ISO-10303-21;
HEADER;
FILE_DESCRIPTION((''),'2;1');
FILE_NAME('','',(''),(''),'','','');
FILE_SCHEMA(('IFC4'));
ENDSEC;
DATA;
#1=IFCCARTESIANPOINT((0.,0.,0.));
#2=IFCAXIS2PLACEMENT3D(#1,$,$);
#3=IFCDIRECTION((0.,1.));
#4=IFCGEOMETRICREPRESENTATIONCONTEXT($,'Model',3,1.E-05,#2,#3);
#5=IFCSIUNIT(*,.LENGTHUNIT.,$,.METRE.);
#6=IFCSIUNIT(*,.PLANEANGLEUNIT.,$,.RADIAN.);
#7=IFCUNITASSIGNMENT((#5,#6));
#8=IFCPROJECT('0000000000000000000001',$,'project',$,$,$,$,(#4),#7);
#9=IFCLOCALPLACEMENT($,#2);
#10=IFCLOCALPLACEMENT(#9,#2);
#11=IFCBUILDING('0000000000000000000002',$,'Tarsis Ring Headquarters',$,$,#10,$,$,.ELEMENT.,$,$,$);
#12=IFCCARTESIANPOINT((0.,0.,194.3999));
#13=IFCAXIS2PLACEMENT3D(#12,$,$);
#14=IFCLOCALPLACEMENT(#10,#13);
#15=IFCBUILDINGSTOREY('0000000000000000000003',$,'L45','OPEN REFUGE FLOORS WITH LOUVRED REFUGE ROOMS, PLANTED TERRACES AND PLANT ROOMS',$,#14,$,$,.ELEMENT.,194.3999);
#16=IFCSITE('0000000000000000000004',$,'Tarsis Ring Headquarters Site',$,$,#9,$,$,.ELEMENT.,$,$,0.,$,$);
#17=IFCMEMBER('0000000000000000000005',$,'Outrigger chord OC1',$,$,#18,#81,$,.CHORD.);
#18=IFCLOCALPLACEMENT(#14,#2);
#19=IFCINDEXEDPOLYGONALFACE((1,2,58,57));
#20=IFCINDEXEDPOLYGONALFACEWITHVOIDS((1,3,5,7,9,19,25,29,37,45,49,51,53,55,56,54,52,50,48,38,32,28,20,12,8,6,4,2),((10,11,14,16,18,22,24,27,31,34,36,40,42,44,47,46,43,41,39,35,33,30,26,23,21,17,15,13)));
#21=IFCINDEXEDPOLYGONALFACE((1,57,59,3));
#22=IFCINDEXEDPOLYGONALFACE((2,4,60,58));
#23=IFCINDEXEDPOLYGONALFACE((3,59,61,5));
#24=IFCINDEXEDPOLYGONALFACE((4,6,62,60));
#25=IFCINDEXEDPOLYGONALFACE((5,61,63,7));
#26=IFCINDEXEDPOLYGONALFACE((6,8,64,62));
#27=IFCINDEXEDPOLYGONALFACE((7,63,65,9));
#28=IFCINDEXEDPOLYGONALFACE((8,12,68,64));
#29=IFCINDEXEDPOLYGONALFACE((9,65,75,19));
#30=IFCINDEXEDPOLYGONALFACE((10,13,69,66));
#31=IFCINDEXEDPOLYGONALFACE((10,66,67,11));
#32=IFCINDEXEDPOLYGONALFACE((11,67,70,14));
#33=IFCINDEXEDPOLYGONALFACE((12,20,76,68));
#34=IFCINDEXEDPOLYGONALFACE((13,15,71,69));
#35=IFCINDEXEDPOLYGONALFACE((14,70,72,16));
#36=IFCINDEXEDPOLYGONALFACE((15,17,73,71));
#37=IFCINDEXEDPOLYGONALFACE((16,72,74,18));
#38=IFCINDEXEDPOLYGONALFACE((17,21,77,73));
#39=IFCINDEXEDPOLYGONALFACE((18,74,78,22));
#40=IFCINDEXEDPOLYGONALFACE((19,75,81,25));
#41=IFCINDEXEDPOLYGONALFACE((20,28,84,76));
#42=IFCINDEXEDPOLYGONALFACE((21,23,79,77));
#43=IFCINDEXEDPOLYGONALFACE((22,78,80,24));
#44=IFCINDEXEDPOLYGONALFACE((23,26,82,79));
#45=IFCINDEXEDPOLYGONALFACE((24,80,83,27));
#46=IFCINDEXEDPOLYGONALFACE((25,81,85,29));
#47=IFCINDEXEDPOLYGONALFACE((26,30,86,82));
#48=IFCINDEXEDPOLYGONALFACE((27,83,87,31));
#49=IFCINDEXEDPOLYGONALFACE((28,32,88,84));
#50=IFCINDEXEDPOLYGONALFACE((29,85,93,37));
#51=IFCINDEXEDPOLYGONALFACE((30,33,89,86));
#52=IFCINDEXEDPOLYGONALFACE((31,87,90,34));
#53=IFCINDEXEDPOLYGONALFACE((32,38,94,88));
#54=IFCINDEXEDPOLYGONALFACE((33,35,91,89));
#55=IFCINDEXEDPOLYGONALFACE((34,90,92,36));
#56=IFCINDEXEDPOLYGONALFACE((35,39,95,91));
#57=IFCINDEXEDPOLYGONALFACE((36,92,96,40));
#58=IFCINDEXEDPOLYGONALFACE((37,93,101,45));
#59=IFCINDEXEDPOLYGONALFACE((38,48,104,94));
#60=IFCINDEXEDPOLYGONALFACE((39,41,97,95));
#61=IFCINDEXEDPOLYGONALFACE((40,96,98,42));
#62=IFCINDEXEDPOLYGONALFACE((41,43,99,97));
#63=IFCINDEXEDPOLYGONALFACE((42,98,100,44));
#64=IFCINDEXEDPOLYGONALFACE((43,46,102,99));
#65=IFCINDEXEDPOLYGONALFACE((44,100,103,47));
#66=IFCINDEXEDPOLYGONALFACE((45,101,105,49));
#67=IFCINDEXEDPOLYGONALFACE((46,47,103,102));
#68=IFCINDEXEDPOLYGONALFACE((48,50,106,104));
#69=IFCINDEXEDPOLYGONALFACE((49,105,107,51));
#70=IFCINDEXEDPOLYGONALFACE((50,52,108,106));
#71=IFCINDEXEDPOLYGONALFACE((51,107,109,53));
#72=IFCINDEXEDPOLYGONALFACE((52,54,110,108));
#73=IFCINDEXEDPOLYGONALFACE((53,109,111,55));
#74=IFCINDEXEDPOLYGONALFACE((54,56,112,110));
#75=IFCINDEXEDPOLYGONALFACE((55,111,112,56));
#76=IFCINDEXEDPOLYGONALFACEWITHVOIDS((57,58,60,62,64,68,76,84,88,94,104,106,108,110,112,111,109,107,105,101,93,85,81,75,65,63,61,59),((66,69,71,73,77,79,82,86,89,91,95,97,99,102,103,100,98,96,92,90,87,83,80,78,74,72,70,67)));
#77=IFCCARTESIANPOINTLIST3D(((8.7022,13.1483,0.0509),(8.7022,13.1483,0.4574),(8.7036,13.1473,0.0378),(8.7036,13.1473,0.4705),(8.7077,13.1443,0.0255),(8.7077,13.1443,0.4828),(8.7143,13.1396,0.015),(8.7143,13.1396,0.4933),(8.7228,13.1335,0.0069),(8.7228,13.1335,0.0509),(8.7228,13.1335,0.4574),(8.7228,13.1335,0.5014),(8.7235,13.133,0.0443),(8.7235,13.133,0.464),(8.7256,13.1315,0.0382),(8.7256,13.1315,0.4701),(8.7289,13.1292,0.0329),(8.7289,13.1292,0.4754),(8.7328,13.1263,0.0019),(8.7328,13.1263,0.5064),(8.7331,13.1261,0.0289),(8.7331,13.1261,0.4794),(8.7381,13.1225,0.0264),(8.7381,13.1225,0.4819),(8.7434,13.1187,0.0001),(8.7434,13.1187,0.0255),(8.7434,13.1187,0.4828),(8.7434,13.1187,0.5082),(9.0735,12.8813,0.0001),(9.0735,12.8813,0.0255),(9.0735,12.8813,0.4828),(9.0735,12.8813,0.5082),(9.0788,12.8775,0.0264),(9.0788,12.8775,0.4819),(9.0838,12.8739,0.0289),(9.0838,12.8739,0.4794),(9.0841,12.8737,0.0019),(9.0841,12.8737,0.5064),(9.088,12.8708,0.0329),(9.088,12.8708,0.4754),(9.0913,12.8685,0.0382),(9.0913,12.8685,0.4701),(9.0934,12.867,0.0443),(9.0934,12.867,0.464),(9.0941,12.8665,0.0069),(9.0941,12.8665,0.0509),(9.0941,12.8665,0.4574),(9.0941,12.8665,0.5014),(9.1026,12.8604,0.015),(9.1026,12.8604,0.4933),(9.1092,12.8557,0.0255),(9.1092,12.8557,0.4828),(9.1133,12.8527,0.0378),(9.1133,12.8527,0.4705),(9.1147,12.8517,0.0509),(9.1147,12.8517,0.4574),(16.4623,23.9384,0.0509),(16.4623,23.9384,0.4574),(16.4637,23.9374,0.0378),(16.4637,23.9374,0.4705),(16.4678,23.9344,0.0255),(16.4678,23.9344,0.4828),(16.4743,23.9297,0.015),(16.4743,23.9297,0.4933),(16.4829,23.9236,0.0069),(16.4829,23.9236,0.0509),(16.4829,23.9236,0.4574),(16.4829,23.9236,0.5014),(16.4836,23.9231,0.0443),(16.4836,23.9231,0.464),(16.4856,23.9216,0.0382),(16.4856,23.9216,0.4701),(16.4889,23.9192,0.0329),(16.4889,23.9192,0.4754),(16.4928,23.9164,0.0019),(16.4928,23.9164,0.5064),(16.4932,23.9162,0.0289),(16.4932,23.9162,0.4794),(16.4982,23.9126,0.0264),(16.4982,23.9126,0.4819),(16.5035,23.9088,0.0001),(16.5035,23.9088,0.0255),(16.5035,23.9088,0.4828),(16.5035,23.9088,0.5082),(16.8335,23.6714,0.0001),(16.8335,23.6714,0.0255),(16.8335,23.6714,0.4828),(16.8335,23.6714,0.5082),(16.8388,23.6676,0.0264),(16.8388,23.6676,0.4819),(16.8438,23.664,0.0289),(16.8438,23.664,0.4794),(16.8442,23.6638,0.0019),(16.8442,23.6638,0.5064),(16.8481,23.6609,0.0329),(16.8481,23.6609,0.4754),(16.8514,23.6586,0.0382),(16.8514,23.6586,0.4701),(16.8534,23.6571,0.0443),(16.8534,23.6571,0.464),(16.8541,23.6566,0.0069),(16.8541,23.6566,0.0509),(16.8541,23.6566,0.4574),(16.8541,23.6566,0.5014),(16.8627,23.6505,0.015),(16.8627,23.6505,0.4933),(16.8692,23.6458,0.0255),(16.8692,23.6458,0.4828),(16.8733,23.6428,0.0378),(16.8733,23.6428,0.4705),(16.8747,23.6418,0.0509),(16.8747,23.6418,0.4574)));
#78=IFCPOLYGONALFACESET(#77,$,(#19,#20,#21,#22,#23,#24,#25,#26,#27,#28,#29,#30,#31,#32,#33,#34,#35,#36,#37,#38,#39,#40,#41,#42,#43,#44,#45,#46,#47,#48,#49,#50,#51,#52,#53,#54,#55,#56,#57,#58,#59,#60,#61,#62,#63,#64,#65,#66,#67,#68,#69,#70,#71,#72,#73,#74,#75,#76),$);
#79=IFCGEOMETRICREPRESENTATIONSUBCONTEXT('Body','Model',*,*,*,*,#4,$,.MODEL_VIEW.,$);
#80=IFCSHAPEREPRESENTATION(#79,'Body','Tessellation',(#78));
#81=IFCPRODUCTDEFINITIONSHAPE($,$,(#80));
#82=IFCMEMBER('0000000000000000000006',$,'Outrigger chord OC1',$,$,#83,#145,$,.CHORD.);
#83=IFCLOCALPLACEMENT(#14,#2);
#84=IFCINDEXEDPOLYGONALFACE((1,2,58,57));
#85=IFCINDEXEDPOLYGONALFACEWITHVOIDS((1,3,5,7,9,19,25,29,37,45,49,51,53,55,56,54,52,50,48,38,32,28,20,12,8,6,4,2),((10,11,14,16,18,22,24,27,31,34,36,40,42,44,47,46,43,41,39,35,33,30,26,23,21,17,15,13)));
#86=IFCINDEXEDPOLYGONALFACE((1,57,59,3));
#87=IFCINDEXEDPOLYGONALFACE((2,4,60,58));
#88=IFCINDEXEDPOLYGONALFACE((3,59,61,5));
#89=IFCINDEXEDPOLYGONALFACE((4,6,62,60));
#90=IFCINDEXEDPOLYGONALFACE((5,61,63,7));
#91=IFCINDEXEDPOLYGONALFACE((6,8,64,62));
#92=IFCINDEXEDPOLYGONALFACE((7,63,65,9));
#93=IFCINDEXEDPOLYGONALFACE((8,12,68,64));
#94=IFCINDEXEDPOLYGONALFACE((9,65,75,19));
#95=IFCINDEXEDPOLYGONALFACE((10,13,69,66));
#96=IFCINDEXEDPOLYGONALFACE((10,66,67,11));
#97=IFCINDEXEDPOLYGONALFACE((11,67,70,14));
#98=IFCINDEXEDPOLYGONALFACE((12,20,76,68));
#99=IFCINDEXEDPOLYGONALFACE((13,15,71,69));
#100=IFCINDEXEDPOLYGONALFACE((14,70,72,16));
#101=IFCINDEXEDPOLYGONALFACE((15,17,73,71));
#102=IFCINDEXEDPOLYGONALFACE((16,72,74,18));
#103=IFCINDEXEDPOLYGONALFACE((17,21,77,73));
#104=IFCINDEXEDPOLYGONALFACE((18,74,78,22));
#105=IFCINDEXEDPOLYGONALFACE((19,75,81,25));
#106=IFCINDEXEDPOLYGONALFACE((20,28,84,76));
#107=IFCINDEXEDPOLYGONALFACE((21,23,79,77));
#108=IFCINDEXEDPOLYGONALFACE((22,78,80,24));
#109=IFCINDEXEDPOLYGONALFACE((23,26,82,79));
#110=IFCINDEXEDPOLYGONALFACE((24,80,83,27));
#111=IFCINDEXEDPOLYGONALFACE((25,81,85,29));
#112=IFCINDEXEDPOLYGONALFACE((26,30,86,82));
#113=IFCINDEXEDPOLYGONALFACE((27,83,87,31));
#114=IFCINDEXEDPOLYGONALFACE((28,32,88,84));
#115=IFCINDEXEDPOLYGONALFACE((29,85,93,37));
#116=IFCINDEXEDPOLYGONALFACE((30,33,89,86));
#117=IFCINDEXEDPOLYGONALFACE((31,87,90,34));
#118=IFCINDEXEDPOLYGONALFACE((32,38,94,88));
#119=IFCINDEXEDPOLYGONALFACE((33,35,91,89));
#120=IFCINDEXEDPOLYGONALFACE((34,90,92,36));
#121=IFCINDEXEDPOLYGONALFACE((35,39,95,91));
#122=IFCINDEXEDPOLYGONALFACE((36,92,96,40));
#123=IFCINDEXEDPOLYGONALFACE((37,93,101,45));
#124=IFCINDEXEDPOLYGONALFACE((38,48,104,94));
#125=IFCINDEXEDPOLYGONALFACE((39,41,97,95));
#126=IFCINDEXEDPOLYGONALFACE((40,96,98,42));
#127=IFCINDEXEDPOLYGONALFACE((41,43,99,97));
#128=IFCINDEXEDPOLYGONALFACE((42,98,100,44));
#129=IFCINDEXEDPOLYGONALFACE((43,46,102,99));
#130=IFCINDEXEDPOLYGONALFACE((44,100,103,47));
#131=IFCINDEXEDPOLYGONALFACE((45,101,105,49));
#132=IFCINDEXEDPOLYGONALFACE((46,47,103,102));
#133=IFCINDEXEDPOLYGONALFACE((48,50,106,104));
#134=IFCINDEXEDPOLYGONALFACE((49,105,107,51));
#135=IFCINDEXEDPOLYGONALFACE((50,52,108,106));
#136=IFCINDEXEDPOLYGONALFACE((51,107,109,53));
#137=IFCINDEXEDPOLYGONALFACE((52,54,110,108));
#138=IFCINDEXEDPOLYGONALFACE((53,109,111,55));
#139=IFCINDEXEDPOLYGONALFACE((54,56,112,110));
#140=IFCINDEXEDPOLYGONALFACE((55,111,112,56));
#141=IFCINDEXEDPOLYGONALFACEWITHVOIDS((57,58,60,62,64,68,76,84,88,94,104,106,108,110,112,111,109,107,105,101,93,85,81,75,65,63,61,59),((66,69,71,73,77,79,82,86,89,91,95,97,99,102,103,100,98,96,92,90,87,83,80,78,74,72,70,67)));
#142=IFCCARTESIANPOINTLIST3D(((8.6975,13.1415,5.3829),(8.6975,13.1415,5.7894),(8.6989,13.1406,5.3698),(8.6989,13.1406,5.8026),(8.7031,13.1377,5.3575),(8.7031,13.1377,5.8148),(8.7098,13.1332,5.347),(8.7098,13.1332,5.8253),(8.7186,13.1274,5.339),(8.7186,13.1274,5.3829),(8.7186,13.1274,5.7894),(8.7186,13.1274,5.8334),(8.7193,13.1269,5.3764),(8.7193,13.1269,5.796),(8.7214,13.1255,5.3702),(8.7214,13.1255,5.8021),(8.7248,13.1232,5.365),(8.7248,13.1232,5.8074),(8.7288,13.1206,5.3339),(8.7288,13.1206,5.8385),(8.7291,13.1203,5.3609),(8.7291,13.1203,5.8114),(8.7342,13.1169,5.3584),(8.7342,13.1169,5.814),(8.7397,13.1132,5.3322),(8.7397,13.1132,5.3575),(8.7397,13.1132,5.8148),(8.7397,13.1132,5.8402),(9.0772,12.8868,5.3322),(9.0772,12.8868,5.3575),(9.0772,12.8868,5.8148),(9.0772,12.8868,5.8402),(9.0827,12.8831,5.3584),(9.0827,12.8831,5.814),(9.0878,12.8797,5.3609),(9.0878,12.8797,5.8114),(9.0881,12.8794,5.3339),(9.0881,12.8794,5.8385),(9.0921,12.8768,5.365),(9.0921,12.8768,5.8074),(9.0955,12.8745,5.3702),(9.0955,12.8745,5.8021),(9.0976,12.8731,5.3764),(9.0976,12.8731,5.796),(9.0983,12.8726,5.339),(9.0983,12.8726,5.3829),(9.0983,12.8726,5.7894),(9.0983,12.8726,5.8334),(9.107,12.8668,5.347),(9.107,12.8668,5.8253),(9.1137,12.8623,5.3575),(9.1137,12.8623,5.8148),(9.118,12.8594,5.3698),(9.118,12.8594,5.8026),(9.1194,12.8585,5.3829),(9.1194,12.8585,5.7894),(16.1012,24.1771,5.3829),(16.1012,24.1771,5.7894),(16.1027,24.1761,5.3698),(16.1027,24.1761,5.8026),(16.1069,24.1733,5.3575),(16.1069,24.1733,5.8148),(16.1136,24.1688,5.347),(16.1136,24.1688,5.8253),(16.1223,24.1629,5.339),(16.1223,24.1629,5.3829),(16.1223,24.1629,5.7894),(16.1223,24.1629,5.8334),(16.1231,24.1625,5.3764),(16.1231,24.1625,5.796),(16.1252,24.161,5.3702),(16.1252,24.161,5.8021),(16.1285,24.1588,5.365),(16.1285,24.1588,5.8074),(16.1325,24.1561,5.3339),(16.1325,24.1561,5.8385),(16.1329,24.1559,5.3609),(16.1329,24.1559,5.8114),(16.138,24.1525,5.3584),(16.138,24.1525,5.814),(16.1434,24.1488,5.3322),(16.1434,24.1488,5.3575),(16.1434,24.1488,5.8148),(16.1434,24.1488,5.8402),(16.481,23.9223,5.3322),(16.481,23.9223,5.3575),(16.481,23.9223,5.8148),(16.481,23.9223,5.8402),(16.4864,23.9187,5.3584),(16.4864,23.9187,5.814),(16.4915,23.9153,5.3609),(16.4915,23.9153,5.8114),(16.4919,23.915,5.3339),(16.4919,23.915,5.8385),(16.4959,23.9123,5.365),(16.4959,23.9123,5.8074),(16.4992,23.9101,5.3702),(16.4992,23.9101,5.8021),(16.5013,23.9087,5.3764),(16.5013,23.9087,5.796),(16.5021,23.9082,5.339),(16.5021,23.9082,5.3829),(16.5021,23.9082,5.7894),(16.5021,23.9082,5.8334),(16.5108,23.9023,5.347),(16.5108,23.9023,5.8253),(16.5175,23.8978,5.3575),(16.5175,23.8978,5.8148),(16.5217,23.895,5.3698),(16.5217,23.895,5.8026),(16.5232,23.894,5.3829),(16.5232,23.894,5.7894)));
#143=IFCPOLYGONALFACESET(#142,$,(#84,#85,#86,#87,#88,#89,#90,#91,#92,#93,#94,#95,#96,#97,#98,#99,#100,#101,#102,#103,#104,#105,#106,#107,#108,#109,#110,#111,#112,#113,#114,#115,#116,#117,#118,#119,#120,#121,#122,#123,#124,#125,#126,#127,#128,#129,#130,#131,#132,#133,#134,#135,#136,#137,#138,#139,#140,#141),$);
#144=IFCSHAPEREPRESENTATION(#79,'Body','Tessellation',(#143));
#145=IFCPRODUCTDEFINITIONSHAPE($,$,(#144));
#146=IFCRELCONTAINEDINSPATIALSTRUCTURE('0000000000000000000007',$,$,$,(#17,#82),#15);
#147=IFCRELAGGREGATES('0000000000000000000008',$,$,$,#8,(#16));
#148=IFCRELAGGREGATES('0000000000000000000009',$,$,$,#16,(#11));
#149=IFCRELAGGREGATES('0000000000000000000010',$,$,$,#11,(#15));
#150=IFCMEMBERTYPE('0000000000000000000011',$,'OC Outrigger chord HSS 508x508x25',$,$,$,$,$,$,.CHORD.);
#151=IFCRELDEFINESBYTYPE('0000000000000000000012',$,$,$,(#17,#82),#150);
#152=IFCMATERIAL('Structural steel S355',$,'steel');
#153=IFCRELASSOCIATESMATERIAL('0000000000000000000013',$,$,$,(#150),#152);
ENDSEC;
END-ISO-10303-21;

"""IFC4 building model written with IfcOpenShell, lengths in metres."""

from ifc_helpers import new_model, si_unit, direction, frame, origin, origin_2d, place, context, subcontext, project, spatial, hollow_rectangle, extrude, material, material_profile, profile_set, type_object, element, save


model = new_model("IFC4")

# Units and contexts
model_context = context("Model", 3, precision=1e-05, world=origin(), true_north=direction((0.0, 1.0)))
body_context = subcontext(model_context, "Body", "Model", "MODEL_VIEW")
ifc_project = project(units=[si_unit("LENGTHUNIT", "METRE"), si_unit("PLANEANGLEUNIT", "RADIAN")], contexts=[model_context])

# Site, building, storey
site_placement = place(None, origin())
site = spatial("IfcSite", under=ifc_project, at=site_placement, Name="Tarsis Ring Headquarters Site", CompositionType="ELEMENT", RefElevation=0.0)
building_placement = place(site_placement, origin())
building = spatial("IfcBuilding", under=site, at=building_placement, Name="Tarsis Ring Headquarters", CompositionType="ELEMENT")
storey_placement = place(building_placement, frame((0.0, 0.0, 194.3999)))
storey = spatial("IfcBuildingStorey", under=building, at=storey_placement, Name="L45", Description="OPEN REFUGE FLOORS WITH LOUVRED REFUGE ROOMS, PLANTED TERRACES AND PLANT ROOMS", CompositionType="ELEMENT", Elevation=194.3999)

# Shared definitions
ifc_material_1 = material(Name="Structural steel S355", Category="steel")

# Members
ifc_material_profile_1 = material_profile(ifc_material_1, hollow_rectangle(XDim=0.5081, YDim=0.5081, WallThickness=0.0254, InnerFilletRadius=0.0254, OuterFilletRadius=0.0508, at=origin_2d()), Name="HSS 508x508x25")
ifc_profile_set_1 = profile_set([ifc_material_profile_1], Name="Structural steel S355")
member_type_1 = type_object("IfcMemberType", Name="OC Outrigger chord HSS 508x508x25", PredefinedType="CHORD", material=ifc_profile_set_1)
member_1_placement = place(storey_placement, frame((8.9084, 13.0, 0.2542), z_axis=(0.583868, 0.811849, 0.0), x_axis=(-0.811849, 0.583868, 0.0)))
element("IfcMember", 1, at=member_1_placement, inside=storey, type_object=member_type_1, Name="Outrigger chord OC1", PredefinedType="CHORD", context=body_context, shape_type="SweptSolid", body=[
    extrude(hollow_rectangle(XDim=0.5081, YDim=0.5081, WallThickness=0.0254, InnerFilletRadius=0.0254, OuterFilletRadius=0.0508, at=origin_2d()), origin(), (0.0, 0.0, 1.0), 13.2908),
])
member_2_placement = place(storey_placement, frame((8.9084, 13.0, 5.5862), z_axis=(0.557131, 0.830424, 0.0), x_axis=(-0.830424, 0.557131, 0.0)))
element("IfcMember", 2, at=member_2_placement, inside=storey, type_object=member_type_1, Name="Outrigger chord OC1", PredefinedType="CHORD", context=body_context, shape_type="SweptSolid", body=[
    extrude(hollow_rectangle(XDim=0.5081, YDim=0.5081, WallThickness=0.0254, InnerFilletRadius=0.0254, OuterFilletRadius=0.0508, at=origin_2d()), origin(), (0.0, 0.0, 1.0), 13.2891),
])

save(model, "model.ifc")
